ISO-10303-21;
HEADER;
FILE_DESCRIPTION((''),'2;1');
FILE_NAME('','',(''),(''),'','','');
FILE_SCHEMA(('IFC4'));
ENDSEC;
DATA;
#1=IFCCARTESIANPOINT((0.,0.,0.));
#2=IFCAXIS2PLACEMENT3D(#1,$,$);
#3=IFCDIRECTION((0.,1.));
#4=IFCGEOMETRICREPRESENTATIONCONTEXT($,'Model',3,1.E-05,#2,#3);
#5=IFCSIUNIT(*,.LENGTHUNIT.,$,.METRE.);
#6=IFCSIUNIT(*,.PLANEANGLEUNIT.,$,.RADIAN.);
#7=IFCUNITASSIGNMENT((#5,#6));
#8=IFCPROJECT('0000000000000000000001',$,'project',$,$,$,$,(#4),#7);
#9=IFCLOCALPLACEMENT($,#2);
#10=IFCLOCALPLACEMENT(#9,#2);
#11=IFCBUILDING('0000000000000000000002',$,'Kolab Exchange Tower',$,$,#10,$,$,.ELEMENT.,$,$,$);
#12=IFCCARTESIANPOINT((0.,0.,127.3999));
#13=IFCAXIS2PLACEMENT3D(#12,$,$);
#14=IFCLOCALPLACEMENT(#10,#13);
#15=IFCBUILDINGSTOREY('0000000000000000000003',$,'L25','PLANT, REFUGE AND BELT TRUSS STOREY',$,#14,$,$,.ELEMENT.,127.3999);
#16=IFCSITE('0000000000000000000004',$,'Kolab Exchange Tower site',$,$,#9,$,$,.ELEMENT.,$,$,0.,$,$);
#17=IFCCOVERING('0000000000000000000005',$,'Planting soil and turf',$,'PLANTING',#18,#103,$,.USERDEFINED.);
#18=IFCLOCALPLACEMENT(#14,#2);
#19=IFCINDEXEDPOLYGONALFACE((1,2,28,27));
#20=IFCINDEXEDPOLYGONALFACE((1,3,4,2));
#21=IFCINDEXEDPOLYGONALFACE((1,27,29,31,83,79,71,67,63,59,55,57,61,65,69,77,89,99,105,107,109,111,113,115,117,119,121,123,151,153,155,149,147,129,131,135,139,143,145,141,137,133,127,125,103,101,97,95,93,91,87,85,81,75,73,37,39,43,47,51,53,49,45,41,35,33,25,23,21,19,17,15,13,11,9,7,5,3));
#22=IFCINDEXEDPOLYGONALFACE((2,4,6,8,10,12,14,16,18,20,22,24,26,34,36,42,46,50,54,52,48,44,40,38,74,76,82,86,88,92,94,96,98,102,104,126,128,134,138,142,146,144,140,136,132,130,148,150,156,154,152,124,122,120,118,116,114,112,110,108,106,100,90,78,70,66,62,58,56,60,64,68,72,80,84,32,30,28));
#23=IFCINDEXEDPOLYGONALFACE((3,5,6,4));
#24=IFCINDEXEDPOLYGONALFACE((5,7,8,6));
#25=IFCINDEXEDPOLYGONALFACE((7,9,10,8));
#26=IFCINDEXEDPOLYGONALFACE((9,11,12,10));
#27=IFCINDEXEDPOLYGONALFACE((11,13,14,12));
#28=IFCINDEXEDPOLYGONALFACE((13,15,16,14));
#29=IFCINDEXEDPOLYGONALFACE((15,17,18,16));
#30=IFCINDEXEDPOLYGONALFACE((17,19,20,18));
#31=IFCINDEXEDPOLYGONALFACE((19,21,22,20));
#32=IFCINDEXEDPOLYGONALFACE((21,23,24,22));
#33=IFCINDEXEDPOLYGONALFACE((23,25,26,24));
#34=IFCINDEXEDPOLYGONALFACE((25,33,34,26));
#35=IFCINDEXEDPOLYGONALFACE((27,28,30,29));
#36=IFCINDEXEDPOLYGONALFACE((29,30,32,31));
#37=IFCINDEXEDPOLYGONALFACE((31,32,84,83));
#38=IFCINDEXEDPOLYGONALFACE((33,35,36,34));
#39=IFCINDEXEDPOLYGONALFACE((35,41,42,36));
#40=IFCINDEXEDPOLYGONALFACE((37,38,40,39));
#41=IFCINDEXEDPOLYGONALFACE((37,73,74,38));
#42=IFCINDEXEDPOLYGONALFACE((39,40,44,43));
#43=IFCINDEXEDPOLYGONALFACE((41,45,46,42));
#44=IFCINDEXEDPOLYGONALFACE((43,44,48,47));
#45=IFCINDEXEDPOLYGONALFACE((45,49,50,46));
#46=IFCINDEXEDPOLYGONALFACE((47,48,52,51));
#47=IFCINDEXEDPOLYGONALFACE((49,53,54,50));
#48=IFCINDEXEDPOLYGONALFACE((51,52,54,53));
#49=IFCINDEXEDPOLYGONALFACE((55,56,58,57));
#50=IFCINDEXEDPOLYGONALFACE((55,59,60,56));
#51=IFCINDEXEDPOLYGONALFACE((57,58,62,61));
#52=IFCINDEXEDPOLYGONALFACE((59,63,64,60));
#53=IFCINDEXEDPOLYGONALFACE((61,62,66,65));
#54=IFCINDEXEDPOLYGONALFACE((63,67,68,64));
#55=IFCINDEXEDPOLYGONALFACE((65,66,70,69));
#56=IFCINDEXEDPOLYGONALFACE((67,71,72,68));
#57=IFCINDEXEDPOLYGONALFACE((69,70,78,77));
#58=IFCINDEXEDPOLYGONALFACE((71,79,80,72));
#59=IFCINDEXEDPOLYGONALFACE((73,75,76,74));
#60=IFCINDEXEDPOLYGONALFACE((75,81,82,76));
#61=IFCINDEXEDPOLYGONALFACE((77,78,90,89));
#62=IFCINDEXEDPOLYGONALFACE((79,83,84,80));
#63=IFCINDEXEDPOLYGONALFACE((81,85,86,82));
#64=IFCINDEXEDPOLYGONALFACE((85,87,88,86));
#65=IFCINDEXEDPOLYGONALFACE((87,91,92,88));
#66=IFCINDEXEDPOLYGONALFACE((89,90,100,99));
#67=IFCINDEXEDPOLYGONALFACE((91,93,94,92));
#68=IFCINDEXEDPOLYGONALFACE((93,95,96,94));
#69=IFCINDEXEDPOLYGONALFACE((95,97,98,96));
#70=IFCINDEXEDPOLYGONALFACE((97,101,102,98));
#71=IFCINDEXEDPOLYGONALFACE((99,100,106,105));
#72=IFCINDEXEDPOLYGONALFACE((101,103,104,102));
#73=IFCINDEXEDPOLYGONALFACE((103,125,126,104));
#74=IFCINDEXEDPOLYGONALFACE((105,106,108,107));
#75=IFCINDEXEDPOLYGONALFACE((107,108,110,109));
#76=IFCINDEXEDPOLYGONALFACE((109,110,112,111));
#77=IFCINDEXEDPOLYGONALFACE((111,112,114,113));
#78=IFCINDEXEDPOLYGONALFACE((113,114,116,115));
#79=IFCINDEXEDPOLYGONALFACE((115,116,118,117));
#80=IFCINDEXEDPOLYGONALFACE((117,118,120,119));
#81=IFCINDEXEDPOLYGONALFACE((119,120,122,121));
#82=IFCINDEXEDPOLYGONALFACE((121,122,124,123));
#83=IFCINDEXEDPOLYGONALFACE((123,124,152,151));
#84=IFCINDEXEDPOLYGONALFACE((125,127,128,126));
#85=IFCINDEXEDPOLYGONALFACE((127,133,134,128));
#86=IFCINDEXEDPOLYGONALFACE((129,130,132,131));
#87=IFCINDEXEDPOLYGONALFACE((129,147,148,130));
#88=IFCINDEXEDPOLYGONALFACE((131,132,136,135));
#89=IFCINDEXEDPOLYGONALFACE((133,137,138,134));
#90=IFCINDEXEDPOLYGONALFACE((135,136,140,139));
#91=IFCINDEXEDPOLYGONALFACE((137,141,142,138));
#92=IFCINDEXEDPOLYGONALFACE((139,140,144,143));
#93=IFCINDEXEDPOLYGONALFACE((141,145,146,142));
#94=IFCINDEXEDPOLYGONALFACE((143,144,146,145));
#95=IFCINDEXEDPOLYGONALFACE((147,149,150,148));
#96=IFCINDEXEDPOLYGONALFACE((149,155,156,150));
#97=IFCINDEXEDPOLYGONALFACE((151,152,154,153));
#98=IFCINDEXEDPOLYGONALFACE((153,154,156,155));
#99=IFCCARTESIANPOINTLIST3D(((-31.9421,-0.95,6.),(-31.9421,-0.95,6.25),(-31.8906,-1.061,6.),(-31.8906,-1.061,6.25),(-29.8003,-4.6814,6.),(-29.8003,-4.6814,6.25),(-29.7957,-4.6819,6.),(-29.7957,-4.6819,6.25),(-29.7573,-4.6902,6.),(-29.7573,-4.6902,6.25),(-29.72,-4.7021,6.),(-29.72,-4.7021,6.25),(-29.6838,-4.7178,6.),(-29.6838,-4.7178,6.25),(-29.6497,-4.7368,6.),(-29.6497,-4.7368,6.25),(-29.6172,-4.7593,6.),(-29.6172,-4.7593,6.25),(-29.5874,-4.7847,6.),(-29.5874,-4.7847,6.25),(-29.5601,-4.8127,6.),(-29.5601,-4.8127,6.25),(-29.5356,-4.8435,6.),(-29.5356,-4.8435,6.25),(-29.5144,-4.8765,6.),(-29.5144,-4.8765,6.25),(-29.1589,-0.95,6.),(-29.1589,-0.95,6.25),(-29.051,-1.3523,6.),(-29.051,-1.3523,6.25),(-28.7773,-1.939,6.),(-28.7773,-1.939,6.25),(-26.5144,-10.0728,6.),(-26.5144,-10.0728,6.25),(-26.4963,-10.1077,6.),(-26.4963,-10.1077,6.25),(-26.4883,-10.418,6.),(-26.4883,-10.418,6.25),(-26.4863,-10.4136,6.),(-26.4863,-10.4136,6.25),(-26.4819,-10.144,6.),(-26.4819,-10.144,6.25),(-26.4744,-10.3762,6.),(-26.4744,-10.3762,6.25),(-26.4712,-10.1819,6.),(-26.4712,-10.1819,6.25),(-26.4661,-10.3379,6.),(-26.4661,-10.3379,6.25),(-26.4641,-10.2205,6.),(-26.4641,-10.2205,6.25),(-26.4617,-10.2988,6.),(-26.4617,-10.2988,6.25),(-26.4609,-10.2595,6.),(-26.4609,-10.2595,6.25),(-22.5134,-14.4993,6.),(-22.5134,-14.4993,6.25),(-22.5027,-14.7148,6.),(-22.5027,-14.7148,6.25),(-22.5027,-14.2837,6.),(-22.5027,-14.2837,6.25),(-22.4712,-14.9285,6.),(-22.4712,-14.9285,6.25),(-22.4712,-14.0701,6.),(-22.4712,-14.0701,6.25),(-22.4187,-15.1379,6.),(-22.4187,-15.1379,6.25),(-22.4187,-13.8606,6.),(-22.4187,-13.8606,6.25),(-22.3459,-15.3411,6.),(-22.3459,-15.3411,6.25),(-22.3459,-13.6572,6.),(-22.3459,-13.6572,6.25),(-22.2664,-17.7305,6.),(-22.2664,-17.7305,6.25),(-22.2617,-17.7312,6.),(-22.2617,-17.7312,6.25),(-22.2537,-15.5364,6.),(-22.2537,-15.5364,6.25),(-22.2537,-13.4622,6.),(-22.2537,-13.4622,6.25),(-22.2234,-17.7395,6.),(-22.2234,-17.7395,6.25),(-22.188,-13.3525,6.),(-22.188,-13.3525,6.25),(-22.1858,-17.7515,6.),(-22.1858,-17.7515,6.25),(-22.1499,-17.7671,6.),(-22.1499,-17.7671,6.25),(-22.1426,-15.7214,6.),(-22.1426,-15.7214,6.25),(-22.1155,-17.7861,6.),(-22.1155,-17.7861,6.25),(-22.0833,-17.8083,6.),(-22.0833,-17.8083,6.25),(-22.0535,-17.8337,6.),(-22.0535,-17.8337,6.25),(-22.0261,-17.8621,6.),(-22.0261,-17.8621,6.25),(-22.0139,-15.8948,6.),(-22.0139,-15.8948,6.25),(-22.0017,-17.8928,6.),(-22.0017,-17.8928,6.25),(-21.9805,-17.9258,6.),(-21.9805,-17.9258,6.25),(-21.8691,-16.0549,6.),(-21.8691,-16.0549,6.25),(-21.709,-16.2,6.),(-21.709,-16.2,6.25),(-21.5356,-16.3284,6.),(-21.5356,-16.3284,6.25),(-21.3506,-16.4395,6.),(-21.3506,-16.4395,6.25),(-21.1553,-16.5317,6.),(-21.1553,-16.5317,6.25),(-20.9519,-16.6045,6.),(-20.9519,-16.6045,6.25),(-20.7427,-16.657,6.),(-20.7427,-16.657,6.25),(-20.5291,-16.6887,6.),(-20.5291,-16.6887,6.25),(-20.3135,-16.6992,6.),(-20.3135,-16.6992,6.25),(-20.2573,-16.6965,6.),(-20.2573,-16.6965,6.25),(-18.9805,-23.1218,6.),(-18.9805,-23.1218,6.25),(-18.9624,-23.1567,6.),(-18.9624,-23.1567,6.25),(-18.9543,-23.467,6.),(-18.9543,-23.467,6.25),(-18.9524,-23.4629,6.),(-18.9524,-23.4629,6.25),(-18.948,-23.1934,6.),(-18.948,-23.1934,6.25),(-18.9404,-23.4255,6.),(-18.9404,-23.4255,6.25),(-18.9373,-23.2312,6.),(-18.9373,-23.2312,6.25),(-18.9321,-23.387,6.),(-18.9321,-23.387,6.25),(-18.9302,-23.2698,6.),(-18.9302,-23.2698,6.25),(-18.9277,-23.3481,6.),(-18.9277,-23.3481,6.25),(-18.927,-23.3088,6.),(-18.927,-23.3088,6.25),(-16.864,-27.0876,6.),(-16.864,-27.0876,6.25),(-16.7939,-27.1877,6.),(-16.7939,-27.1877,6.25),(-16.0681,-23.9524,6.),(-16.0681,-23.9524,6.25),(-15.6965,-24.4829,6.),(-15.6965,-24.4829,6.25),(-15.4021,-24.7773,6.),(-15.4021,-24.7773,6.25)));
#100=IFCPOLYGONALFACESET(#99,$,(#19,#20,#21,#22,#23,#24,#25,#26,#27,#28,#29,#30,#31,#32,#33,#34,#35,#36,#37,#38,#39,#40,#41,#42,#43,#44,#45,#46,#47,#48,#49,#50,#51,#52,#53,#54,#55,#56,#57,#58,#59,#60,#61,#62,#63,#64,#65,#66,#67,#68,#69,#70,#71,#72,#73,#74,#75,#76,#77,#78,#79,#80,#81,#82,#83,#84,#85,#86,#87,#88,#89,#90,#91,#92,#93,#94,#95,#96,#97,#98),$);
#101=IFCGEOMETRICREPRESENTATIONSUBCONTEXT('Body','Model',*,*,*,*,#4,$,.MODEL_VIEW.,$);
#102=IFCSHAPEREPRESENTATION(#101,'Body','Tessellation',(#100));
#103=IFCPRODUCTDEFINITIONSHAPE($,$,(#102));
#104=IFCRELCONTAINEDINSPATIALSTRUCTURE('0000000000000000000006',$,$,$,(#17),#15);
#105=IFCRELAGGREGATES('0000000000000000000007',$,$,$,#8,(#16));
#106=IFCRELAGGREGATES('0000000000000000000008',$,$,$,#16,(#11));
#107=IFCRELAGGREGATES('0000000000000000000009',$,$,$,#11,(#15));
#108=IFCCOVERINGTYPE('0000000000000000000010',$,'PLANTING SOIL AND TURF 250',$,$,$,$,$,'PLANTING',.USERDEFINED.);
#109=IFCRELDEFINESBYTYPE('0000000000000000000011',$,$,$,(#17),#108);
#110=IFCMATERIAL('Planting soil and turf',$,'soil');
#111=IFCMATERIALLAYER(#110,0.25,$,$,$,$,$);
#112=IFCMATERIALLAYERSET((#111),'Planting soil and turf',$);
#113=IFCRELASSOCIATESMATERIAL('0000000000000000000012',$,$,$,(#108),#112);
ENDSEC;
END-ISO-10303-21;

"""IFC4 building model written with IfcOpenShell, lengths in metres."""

from ifc_helpers import new_model, si_unit, direction, frame, origin, place, context, subcontext, project, spatial, polyline, outline, extrude, material, layer, layer_set, type_object, element, save


model = new_model("IFC4")

# Units and contexts
model_context = context("Model", 3, precision=1e-05, world=origin(), true_north=direction((0.0, 1.0)))
body_context = subcontext(model_context, "Body", "Model", "MODEL_VIEW")
ifc_project = project(units=[si_unit("LENGTHUNIT", "METRE"), si_unit("PLANEANGLEUNIT", "RADIAN")], contexts=[model_context])

# Site, building, storey
site_placement = place(None, origin())
site = spatial("IfcSite", under=ifc_project, at=site_placement, Name="Kolab Exchange Tower site", CompositionType="ELEMENT", RefElevation=0.0)
building_placement = place(site_placement, origin())
building = spatial("IfcBuilding", under=site, at=building_placement, Name="Kolab Exchange Tower", CompositionType="ELEMENT")
storey_placement = place(building_placement, frame((0.0, 0.0, 127.3999)))
storey = spatial("IfcBuildingStorey", under=building, at=storey_placement, Name="L25", Description="PLANT, REFUGE AND BELT TRUSS STOREY", CompositionType="ELEMENT", Elevation=127.3999)

# Covering
ifc_material_1 = material(Name="Planting soil and turf", Category="soil")
ifc_layer_1 = layer(ifc_material_1, 0.25)
ifc_layer_set_1 = layer_set([ifc_layer_1], Name="Planting soil and turf")
covering_type_1 = type_object("IfcCoveringType", Name="PLANTING SOIL AND TURF 250", ElementType="PLANTING", PredefinedType="USERDEFINED", material=ifc_layer_set_1)
covering_1_placement = place(storey_placement, frame((0.0, 0.0, 6.0)))
element("IfcCovering", 1, at=covering_1_placement, inside=storey, type_object=covering_type_1, Name="Planting soil and turf", ObjectType="PLANTING", PredefinedType="USERDEFINED", context=body_context, shape_type="SweptSolid", body=[
    extrude(outline(polyline([(-29.1589, -0.95), (-29.051, -1.3523), (-28.7773, -1.939), (-22.188, -13.3525), (-22.2537, -13.4622), (-22.3459, -13.6572), (-22.4187, -13.8606), (-22.4712, -14.0701), (-22.5027, -14.2837), (-22.5134, -14.4993), (-22.5027, -14.7148), (-22.4712, -14.9285), (-22.4187, -15.1379), (-22.3459, -15.3411), (-22.2537, -15.5364), (-22.1426, -15.7214), (-22.0139, -15.8948), (-21.8691, -16.0549), (-21.709, -16.2), (-21.5356, -16.3284), (-21.3506, -16.4395), (-21.1553, -16.5317), (-20.9519, -16.6045), (-20.7427, -16.657), (-20.5291, -16.6887), (-20.3135, -16.6992), (-20.2573, -16.6965), (-16.0681, -23.9524), (-15.6965, -24.4829), (-15.4021, -24.7773), (-16.7939, -27.1877), (-16.864, -27.0876), (-18.9543, -23.467), (-18.9524, -23.4629), (-18.9404, -23.4255), (-18.9321, -23.387), (-18.9277, -23.3481), (-18.927, -23.3088), (-18.9302, -23.2698), (-18.9373, -23.2312), (-18.948, -23.1934), (-18.9624, -23.1567), (-18.9805, -23.1218), (-21.9805, -17.9258), (-22.0017, -17.8928), (-22.0261, -17.8621), (-22.0535, -17.8337), (-22.0833, -17.8083), (-22.1155, -17.7861), (-22.1499, -17.7671), (-22.1858, -17.7515), (-22.2234, -17.7395), (-22.2617, -17.7312), (-22.2664, -17.7305), (-26.4883, -10.418), (-26.4863, -10.4136), (-26.4744, -10.3762), (-26.4661, -10.3379), (-26.4617, -10.2988), (-26.4609, -10.2595), (-26.4641, -10.2205), (-26.4712, -10.1819), (-26.4819, -10.144), (-26.4963, -10.1077), (-26.5144, -10.0728), (-29.5144, -4.8765), (-29.5356, -4.8435), (-29.5601, -4.8127), (-29.5874, -4.7847), (-29.6172, -4.7593), (-29.6497, -4.7368), (-29.6838, -4.7178), (-29.72, -4.7021), (-29.7573, -4.6902), (-29.7957, -4.6819), (-29.8003, -4.6814), (-31.8906, -1.061), (-31.9421, -0.95), (-29.1589, -0.95)])), origin(), (0.0, 0.0, 1.0), 0.25),
])

save(model, "model.ifc")
